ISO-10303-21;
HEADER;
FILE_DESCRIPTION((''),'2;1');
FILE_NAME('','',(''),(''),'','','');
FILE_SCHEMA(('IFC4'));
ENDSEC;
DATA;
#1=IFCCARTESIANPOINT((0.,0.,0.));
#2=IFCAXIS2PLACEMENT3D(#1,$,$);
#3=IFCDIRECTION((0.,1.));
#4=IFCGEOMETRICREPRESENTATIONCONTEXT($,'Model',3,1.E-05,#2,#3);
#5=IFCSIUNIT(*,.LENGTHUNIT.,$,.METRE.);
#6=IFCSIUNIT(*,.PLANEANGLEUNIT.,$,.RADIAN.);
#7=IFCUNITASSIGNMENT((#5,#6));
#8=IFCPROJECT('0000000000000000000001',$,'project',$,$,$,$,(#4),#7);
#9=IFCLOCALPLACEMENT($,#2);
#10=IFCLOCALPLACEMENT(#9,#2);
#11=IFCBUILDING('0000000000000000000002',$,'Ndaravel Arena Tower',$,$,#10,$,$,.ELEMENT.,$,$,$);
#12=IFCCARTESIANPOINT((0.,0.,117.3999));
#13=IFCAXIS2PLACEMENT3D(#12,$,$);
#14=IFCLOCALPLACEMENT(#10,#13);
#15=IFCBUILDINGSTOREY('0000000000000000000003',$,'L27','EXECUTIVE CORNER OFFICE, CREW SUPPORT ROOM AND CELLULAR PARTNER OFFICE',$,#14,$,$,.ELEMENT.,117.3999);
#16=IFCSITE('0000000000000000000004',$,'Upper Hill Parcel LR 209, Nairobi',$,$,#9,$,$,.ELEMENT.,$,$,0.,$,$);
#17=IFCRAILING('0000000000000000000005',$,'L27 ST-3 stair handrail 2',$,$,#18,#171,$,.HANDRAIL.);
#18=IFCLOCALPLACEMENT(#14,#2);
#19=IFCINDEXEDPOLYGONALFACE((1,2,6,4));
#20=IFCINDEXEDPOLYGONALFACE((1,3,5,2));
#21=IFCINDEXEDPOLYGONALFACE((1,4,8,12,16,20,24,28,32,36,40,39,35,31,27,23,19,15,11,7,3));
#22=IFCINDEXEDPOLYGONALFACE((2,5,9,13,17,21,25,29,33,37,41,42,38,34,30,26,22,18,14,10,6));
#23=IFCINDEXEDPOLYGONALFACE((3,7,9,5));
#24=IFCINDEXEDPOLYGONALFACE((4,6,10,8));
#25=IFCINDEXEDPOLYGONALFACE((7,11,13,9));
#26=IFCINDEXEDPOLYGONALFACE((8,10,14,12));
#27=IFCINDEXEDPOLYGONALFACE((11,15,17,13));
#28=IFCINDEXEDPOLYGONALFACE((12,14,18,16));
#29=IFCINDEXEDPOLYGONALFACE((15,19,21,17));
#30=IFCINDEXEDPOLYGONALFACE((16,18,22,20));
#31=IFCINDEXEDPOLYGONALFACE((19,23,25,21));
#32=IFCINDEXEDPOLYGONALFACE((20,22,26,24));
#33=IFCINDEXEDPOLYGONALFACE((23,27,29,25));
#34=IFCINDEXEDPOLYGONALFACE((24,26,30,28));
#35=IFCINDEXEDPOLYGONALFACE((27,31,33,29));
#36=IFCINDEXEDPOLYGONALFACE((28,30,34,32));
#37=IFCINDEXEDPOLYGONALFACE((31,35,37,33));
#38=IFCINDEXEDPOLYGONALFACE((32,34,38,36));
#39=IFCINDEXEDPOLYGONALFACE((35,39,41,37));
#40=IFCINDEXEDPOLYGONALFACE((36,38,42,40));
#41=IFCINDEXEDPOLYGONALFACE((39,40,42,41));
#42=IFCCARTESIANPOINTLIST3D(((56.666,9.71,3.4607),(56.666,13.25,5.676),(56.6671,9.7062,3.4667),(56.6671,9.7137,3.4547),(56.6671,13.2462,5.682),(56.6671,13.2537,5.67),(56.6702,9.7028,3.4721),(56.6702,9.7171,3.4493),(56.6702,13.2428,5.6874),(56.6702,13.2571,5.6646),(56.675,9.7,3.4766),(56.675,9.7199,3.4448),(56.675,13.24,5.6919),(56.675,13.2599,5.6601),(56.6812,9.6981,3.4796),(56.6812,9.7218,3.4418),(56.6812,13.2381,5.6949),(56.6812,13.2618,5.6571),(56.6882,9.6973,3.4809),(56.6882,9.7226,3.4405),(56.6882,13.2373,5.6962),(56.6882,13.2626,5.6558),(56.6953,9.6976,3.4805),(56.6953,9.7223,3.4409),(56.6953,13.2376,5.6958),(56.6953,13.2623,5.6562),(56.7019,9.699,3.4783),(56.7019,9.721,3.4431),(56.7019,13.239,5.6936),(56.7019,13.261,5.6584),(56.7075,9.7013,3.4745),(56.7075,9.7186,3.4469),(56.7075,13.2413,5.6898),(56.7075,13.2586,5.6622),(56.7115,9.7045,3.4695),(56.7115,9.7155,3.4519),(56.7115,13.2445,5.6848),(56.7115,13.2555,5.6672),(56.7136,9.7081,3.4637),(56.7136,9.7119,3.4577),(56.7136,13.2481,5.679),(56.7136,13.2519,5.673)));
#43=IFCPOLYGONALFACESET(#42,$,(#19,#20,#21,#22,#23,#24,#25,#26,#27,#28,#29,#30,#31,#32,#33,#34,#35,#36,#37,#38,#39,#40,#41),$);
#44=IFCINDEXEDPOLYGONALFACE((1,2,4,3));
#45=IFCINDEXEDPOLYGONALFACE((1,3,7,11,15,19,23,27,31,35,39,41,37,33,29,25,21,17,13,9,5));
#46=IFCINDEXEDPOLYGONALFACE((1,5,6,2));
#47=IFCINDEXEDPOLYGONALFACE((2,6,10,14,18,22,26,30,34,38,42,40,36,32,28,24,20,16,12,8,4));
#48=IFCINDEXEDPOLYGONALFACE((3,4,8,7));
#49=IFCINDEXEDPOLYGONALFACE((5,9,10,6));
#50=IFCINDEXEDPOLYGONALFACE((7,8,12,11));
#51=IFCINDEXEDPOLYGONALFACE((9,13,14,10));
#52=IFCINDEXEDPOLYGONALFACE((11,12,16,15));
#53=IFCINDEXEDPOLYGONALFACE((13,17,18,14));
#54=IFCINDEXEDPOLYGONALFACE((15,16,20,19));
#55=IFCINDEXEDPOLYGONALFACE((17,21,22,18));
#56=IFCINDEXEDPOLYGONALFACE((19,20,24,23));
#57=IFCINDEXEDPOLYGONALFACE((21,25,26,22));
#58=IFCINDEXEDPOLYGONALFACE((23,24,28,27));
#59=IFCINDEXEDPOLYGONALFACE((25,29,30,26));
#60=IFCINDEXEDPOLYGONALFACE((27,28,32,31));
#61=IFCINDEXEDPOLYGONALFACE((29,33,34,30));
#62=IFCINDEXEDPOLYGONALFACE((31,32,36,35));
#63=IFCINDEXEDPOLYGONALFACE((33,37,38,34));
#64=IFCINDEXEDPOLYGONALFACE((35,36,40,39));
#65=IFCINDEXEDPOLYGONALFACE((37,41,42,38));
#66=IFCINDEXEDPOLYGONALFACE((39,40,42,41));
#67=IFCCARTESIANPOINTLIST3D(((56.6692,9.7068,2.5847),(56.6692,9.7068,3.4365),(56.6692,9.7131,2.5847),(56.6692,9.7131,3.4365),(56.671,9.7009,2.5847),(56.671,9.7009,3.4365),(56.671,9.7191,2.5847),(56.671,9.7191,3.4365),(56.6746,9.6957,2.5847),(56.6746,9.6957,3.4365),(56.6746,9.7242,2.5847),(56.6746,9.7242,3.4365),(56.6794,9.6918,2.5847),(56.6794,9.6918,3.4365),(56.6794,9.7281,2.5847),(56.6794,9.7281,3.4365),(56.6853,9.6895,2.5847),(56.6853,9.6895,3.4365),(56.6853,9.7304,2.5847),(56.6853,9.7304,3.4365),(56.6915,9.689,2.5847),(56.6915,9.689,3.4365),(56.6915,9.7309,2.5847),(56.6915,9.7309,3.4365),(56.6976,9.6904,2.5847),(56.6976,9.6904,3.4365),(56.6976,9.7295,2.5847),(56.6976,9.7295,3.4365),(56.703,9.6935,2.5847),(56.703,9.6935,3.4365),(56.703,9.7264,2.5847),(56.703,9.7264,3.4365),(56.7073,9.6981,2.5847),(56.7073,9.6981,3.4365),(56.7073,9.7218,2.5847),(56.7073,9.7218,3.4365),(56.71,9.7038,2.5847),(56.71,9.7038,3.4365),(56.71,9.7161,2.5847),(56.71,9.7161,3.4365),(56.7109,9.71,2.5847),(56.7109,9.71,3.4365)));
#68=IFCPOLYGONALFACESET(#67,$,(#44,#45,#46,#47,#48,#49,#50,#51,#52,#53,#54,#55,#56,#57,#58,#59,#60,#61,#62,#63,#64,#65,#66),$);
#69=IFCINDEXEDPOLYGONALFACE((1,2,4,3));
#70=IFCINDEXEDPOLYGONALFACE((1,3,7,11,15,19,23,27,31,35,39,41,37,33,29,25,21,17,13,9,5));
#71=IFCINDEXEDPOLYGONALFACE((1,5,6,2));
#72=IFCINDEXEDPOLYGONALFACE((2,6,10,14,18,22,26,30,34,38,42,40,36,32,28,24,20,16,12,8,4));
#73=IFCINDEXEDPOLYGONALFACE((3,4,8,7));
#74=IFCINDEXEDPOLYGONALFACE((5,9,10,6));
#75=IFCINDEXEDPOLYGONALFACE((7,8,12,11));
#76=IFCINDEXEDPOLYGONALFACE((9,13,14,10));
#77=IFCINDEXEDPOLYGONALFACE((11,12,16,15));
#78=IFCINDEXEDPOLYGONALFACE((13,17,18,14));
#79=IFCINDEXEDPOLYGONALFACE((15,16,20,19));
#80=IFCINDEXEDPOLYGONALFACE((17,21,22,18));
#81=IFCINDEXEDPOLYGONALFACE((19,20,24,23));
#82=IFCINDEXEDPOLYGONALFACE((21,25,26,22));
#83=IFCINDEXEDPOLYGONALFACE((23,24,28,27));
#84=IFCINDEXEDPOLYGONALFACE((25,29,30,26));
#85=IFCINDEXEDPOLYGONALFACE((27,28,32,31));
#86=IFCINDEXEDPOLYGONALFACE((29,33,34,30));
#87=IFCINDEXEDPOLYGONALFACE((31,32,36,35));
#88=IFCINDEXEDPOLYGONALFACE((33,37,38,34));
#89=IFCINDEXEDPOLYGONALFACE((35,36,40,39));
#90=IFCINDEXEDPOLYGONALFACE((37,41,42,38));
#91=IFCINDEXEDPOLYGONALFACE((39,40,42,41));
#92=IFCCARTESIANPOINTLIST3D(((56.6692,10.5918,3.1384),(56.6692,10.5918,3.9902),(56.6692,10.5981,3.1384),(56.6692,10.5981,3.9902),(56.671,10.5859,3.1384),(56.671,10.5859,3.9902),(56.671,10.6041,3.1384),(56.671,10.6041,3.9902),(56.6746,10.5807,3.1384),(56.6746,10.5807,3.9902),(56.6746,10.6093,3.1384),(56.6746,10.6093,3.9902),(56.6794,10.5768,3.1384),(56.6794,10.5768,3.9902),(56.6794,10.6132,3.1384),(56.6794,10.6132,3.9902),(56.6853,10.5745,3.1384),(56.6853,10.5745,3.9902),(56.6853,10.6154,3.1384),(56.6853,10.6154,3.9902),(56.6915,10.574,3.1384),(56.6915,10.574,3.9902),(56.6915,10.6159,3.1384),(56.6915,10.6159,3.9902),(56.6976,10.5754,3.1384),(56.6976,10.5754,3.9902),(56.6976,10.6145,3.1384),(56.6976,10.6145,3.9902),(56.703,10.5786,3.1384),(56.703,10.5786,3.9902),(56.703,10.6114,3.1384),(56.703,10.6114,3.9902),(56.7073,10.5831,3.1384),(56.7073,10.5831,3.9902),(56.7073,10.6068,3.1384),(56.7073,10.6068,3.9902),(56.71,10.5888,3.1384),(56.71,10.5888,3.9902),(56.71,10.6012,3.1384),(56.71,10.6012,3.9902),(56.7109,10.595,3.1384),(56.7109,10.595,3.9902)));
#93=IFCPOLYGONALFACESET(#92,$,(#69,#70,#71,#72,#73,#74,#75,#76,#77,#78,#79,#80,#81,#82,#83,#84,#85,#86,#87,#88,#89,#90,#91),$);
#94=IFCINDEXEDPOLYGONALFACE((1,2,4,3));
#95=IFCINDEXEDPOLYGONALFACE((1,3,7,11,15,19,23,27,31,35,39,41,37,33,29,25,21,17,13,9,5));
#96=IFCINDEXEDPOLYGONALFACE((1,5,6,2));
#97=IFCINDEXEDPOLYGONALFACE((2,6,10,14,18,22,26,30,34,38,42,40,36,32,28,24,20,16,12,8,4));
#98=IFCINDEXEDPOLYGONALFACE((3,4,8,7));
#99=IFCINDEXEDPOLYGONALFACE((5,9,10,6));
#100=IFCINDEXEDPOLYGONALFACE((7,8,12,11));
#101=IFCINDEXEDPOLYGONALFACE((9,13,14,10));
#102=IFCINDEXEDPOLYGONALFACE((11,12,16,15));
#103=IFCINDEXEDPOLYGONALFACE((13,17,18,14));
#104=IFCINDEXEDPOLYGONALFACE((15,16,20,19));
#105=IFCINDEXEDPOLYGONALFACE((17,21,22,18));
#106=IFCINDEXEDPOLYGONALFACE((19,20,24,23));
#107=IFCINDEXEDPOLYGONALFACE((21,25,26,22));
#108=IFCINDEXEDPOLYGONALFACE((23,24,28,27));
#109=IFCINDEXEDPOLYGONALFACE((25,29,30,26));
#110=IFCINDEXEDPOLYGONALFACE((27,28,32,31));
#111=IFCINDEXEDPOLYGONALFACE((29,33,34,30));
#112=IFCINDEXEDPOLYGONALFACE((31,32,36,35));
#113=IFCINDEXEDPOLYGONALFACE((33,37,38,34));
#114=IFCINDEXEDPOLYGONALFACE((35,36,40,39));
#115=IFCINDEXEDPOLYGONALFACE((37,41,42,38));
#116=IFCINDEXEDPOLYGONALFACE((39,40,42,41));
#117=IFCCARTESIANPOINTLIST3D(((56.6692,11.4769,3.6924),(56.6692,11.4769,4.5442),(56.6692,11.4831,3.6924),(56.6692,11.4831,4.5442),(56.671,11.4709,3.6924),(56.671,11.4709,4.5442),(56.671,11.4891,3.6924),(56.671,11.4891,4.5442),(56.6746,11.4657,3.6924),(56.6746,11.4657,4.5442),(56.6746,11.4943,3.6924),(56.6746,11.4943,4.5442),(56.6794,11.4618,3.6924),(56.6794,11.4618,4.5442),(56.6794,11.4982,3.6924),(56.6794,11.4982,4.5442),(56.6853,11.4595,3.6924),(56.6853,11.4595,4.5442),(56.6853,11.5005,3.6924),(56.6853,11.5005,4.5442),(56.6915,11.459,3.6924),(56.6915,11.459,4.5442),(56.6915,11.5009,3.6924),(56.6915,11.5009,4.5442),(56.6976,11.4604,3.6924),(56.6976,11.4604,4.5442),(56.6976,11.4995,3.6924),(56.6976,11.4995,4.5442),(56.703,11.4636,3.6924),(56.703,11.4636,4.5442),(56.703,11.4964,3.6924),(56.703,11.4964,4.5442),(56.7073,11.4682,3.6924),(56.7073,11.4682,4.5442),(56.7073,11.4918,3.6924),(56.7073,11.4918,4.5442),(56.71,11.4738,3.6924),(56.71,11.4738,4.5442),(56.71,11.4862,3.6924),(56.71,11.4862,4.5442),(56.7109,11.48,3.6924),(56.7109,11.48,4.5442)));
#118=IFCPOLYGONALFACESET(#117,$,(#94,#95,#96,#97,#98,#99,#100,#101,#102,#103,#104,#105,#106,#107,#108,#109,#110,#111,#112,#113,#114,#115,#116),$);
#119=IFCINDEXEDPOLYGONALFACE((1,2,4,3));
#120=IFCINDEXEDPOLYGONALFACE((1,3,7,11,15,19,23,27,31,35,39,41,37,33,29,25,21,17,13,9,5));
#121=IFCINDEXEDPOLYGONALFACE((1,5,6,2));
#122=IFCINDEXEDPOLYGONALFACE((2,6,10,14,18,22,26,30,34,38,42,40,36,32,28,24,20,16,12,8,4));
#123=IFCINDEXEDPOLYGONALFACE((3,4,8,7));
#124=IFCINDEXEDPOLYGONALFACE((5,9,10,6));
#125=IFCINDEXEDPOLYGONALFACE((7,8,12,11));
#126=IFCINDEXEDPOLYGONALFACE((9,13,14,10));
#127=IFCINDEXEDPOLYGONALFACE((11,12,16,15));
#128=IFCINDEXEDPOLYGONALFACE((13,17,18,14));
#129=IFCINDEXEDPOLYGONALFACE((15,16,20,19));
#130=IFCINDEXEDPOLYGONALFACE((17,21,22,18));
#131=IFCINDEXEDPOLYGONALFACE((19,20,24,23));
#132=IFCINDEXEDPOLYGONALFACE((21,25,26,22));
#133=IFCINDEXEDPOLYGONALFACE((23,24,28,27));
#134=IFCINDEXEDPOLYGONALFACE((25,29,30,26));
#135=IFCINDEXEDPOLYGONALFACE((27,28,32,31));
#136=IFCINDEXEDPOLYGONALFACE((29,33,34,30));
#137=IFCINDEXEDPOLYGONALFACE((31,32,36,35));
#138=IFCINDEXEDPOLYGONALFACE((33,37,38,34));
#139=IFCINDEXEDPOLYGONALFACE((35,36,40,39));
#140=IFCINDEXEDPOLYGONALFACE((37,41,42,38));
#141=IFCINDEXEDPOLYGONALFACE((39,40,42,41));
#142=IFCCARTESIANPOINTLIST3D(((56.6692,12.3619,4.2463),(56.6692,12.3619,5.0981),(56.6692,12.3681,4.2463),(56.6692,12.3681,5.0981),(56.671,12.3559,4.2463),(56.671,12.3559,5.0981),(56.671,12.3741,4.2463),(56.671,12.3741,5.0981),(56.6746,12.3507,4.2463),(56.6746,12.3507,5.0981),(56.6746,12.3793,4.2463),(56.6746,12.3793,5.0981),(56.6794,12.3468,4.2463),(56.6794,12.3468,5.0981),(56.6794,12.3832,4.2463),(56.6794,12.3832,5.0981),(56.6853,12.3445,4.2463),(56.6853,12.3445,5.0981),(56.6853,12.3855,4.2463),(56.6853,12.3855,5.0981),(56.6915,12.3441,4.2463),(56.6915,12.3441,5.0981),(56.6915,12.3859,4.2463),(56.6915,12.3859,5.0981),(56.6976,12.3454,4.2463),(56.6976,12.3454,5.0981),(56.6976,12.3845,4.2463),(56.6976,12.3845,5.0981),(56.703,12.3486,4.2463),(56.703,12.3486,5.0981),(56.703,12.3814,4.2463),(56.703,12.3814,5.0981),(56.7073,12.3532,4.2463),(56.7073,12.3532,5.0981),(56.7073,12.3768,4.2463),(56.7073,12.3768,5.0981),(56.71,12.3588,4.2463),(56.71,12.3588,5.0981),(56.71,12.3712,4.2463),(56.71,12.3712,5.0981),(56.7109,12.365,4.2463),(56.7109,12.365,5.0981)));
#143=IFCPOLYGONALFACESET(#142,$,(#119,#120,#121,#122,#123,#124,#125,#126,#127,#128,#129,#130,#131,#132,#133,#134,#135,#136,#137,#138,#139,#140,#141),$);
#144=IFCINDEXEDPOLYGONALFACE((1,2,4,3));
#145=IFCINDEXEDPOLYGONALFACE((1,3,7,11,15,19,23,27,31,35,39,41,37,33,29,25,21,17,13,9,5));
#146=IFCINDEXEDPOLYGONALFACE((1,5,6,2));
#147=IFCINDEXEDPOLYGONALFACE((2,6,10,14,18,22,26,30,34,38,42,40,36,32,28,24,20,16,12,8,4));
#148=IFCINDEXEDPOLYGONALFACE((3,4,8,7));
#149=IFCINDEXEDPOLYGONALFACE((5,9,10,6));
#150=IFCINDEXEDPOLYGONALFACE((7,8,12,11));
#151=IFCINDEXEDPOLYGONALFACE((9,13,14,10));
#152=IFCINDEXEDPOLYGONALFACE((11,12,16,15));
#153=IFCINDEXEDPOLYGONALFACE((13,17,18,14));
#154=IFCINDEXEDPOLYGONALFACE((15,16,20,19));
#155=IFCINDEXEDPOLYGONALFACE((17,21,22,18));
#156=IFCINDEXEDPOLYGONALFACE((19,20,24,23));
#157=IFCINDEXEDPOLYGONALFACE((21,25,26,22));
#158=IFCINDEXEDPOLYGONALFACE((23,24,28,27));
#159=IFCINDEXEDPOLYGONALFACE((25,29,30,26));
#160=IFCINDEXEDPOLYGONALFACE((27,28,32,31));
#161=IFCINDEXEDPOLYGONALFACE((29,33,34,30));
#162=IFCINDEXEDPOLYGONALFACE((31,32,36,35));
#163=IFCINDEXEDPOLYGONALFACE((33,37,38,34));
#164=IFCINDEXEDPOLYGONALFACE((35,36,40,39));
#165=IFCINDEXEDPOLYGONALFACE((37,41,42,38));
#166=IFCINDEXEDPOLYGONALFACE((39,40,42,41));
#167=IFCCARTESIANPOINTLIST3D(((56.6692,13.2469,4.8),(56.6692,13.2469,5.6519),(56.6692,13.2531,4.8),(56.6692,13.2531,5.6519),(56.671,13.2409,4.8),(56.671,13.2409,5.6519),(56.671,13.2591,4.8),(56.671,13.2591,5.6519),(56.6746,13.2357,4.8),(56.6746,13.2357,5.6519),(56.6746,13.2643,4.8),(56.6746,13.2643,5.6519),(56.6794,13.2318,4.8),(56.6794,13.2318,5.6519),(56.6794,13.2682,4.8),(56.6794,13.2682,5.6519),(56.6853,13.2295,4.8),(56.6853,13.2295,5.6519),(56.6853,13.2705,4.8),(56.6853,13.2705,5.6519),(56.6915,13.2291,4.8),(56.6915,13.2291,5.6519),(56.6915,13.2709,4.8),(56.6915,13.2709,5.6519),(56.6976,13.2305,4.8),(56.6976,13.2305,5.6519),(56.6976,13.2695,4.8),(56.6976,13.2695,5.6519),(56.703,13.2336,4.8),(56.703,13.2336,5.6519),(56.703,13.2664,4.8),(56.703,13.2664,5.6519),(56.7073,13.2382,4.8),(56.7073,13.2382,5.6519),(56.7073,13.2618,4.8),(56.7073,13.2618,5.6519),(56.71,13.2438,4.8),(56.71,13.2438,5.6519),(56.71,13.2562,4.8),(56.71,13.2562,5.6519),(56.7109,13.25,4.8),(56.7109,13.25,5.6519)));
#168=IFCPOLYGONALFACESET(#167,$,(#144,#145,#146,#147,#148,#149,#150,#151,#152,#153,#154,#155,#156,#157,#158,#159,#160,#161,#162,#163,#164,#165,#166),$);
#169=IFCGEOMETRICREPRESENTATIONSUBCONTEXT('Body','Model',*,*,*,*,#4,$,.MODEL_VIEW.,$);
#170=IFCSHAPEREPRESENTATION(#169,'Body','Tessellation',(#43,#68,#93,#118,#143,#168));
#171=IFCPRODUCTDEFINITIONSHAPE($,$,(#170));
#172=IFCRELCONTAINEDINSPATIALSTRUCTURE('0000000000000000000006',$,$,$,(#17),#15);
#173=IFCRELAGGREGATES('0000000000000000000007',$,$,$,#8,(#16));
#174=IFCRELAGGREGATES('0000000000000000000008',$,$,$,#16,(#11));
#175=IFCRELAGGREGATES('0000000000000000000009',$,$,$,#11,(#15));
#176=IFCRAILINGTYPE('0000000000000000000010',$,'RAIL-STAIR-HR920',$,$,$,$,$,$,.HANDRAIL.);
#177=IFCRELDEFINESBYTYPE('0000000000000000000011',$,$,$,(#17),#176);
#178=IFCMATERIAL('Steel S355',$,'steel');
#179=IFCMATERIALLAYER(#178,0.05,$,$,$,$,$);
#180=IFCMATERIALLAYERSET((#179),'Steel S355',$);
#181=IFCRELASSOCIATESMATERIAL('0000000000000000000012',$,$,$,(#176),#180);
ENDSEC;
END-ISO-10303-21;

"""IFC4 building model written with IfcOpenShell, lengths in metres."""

from ifc_helpers import new_model, si_unit, direction, frame, origin, origin_2d, place, context, subcontext, project, spatial, circle, extrude, material, layer, layer_set, type_object, element, save


model = new_model("IFC4")

# Units and contexts
model_context = context("Model", 3, precision=1e-05, world=origin(), true_north=direction((0.0, 1.0)))
body_context = subcontext(model_context, "Body", "Model", "MODEL_VIEW")
ifc_project = project(units=[si_unit("LENGTHUNIT", "METRE"), si_unit("PLANEANGLEUNIT", "RADIAN")], contexts=[model_context])

# Site, building, storey
site_placement = place(None, origin())
site = spatial("IfcSite", under=ifc_project, at=site_placement, Name="Upper Hill Parcel LR 209, Nairobi", CompositionType="ELEMENT", RefElevation=0.0)
building_placement = place(site_placement, origin())
building = spatial("IfcBuilding", under=site, at=building_placement, Name="Ndaravel Arena Tower", CompositionType="ELEMENT")
storey_placement = place(building_placement, frame((0.0, 0.0, 117.3999)))
storey = spatial("IfcBuildingStorey", under=building, at=storey_placement, Name="L27", Description="EXECUTIVE CORNER OFFICE, CREW SUPPORT ROOM AND CELLULAR PARTNER OFFICE", CompositionType="ELEMENT", Elevation=117.3999)

# Railing
ifc_material_1 = material(Name="Steel S355", Category="steel")
ifc_layer_1 = layer(ifc_material_1, 0.05)
ifc_layer_set_1 = layer_set([ifc_layer_1], Name="Steel S355")
railing_type_1 = type_object("IfcRailingType", Name="RAIL-STAIR-HR920", PredefinedType="HANDRAIL", material=ifc_layer_set_1)
railing_1_placement = place(storey_placement, frame((56.6899, 9.71, 2.5847)))
element("IfcRailing", 1, at=railing_1_placement, inside=storey, type_object=railing_type_1, Name="L27 ST-3 stair handrail 2", PredefinedType="HANDRAIL", context=body_context, shape_type="SweptSolid", body=[
    extrude(circle(Radius=0.0239, at=origin_2d()), frame((0.0, 0.0, 0.876), z_axis=(0.0, 0.847696, 0.530482), x_axis=(-1.0, 0.0, 0.0)), (0.0, 0.0, 1.0), 4.176),
    extrude(circle(Radius=0.021, at=origin_2d()), origin(), (0.0, 0.0, 1.0), 0.8518),
    extrude(circle(Radius=0.021, at=origin_2d()), frame((0.0, 0.885, 0.5537)), (0.0, 0.0, 1.0), 0.8518),
    extrude(circle(Radius=0.021, at=origin_2d()), frame((0.0, 1.77, 1.1077)), (0.0, 0.0, 1.0), 0.8518),
    extrude(circle(Radius=0.021, at=origin_2d()), frame((0.0, 2.655, 1.6616)), (0.0, 0.0, 1.0), 0.8518),
    extrude(circle(Radius=0.021, at=origin_2d()), frame((0.0, 3.54, 2.2153)), (0.0, 0.0, 1.0), 0.8518),
])

save(model, "model.ifc")
